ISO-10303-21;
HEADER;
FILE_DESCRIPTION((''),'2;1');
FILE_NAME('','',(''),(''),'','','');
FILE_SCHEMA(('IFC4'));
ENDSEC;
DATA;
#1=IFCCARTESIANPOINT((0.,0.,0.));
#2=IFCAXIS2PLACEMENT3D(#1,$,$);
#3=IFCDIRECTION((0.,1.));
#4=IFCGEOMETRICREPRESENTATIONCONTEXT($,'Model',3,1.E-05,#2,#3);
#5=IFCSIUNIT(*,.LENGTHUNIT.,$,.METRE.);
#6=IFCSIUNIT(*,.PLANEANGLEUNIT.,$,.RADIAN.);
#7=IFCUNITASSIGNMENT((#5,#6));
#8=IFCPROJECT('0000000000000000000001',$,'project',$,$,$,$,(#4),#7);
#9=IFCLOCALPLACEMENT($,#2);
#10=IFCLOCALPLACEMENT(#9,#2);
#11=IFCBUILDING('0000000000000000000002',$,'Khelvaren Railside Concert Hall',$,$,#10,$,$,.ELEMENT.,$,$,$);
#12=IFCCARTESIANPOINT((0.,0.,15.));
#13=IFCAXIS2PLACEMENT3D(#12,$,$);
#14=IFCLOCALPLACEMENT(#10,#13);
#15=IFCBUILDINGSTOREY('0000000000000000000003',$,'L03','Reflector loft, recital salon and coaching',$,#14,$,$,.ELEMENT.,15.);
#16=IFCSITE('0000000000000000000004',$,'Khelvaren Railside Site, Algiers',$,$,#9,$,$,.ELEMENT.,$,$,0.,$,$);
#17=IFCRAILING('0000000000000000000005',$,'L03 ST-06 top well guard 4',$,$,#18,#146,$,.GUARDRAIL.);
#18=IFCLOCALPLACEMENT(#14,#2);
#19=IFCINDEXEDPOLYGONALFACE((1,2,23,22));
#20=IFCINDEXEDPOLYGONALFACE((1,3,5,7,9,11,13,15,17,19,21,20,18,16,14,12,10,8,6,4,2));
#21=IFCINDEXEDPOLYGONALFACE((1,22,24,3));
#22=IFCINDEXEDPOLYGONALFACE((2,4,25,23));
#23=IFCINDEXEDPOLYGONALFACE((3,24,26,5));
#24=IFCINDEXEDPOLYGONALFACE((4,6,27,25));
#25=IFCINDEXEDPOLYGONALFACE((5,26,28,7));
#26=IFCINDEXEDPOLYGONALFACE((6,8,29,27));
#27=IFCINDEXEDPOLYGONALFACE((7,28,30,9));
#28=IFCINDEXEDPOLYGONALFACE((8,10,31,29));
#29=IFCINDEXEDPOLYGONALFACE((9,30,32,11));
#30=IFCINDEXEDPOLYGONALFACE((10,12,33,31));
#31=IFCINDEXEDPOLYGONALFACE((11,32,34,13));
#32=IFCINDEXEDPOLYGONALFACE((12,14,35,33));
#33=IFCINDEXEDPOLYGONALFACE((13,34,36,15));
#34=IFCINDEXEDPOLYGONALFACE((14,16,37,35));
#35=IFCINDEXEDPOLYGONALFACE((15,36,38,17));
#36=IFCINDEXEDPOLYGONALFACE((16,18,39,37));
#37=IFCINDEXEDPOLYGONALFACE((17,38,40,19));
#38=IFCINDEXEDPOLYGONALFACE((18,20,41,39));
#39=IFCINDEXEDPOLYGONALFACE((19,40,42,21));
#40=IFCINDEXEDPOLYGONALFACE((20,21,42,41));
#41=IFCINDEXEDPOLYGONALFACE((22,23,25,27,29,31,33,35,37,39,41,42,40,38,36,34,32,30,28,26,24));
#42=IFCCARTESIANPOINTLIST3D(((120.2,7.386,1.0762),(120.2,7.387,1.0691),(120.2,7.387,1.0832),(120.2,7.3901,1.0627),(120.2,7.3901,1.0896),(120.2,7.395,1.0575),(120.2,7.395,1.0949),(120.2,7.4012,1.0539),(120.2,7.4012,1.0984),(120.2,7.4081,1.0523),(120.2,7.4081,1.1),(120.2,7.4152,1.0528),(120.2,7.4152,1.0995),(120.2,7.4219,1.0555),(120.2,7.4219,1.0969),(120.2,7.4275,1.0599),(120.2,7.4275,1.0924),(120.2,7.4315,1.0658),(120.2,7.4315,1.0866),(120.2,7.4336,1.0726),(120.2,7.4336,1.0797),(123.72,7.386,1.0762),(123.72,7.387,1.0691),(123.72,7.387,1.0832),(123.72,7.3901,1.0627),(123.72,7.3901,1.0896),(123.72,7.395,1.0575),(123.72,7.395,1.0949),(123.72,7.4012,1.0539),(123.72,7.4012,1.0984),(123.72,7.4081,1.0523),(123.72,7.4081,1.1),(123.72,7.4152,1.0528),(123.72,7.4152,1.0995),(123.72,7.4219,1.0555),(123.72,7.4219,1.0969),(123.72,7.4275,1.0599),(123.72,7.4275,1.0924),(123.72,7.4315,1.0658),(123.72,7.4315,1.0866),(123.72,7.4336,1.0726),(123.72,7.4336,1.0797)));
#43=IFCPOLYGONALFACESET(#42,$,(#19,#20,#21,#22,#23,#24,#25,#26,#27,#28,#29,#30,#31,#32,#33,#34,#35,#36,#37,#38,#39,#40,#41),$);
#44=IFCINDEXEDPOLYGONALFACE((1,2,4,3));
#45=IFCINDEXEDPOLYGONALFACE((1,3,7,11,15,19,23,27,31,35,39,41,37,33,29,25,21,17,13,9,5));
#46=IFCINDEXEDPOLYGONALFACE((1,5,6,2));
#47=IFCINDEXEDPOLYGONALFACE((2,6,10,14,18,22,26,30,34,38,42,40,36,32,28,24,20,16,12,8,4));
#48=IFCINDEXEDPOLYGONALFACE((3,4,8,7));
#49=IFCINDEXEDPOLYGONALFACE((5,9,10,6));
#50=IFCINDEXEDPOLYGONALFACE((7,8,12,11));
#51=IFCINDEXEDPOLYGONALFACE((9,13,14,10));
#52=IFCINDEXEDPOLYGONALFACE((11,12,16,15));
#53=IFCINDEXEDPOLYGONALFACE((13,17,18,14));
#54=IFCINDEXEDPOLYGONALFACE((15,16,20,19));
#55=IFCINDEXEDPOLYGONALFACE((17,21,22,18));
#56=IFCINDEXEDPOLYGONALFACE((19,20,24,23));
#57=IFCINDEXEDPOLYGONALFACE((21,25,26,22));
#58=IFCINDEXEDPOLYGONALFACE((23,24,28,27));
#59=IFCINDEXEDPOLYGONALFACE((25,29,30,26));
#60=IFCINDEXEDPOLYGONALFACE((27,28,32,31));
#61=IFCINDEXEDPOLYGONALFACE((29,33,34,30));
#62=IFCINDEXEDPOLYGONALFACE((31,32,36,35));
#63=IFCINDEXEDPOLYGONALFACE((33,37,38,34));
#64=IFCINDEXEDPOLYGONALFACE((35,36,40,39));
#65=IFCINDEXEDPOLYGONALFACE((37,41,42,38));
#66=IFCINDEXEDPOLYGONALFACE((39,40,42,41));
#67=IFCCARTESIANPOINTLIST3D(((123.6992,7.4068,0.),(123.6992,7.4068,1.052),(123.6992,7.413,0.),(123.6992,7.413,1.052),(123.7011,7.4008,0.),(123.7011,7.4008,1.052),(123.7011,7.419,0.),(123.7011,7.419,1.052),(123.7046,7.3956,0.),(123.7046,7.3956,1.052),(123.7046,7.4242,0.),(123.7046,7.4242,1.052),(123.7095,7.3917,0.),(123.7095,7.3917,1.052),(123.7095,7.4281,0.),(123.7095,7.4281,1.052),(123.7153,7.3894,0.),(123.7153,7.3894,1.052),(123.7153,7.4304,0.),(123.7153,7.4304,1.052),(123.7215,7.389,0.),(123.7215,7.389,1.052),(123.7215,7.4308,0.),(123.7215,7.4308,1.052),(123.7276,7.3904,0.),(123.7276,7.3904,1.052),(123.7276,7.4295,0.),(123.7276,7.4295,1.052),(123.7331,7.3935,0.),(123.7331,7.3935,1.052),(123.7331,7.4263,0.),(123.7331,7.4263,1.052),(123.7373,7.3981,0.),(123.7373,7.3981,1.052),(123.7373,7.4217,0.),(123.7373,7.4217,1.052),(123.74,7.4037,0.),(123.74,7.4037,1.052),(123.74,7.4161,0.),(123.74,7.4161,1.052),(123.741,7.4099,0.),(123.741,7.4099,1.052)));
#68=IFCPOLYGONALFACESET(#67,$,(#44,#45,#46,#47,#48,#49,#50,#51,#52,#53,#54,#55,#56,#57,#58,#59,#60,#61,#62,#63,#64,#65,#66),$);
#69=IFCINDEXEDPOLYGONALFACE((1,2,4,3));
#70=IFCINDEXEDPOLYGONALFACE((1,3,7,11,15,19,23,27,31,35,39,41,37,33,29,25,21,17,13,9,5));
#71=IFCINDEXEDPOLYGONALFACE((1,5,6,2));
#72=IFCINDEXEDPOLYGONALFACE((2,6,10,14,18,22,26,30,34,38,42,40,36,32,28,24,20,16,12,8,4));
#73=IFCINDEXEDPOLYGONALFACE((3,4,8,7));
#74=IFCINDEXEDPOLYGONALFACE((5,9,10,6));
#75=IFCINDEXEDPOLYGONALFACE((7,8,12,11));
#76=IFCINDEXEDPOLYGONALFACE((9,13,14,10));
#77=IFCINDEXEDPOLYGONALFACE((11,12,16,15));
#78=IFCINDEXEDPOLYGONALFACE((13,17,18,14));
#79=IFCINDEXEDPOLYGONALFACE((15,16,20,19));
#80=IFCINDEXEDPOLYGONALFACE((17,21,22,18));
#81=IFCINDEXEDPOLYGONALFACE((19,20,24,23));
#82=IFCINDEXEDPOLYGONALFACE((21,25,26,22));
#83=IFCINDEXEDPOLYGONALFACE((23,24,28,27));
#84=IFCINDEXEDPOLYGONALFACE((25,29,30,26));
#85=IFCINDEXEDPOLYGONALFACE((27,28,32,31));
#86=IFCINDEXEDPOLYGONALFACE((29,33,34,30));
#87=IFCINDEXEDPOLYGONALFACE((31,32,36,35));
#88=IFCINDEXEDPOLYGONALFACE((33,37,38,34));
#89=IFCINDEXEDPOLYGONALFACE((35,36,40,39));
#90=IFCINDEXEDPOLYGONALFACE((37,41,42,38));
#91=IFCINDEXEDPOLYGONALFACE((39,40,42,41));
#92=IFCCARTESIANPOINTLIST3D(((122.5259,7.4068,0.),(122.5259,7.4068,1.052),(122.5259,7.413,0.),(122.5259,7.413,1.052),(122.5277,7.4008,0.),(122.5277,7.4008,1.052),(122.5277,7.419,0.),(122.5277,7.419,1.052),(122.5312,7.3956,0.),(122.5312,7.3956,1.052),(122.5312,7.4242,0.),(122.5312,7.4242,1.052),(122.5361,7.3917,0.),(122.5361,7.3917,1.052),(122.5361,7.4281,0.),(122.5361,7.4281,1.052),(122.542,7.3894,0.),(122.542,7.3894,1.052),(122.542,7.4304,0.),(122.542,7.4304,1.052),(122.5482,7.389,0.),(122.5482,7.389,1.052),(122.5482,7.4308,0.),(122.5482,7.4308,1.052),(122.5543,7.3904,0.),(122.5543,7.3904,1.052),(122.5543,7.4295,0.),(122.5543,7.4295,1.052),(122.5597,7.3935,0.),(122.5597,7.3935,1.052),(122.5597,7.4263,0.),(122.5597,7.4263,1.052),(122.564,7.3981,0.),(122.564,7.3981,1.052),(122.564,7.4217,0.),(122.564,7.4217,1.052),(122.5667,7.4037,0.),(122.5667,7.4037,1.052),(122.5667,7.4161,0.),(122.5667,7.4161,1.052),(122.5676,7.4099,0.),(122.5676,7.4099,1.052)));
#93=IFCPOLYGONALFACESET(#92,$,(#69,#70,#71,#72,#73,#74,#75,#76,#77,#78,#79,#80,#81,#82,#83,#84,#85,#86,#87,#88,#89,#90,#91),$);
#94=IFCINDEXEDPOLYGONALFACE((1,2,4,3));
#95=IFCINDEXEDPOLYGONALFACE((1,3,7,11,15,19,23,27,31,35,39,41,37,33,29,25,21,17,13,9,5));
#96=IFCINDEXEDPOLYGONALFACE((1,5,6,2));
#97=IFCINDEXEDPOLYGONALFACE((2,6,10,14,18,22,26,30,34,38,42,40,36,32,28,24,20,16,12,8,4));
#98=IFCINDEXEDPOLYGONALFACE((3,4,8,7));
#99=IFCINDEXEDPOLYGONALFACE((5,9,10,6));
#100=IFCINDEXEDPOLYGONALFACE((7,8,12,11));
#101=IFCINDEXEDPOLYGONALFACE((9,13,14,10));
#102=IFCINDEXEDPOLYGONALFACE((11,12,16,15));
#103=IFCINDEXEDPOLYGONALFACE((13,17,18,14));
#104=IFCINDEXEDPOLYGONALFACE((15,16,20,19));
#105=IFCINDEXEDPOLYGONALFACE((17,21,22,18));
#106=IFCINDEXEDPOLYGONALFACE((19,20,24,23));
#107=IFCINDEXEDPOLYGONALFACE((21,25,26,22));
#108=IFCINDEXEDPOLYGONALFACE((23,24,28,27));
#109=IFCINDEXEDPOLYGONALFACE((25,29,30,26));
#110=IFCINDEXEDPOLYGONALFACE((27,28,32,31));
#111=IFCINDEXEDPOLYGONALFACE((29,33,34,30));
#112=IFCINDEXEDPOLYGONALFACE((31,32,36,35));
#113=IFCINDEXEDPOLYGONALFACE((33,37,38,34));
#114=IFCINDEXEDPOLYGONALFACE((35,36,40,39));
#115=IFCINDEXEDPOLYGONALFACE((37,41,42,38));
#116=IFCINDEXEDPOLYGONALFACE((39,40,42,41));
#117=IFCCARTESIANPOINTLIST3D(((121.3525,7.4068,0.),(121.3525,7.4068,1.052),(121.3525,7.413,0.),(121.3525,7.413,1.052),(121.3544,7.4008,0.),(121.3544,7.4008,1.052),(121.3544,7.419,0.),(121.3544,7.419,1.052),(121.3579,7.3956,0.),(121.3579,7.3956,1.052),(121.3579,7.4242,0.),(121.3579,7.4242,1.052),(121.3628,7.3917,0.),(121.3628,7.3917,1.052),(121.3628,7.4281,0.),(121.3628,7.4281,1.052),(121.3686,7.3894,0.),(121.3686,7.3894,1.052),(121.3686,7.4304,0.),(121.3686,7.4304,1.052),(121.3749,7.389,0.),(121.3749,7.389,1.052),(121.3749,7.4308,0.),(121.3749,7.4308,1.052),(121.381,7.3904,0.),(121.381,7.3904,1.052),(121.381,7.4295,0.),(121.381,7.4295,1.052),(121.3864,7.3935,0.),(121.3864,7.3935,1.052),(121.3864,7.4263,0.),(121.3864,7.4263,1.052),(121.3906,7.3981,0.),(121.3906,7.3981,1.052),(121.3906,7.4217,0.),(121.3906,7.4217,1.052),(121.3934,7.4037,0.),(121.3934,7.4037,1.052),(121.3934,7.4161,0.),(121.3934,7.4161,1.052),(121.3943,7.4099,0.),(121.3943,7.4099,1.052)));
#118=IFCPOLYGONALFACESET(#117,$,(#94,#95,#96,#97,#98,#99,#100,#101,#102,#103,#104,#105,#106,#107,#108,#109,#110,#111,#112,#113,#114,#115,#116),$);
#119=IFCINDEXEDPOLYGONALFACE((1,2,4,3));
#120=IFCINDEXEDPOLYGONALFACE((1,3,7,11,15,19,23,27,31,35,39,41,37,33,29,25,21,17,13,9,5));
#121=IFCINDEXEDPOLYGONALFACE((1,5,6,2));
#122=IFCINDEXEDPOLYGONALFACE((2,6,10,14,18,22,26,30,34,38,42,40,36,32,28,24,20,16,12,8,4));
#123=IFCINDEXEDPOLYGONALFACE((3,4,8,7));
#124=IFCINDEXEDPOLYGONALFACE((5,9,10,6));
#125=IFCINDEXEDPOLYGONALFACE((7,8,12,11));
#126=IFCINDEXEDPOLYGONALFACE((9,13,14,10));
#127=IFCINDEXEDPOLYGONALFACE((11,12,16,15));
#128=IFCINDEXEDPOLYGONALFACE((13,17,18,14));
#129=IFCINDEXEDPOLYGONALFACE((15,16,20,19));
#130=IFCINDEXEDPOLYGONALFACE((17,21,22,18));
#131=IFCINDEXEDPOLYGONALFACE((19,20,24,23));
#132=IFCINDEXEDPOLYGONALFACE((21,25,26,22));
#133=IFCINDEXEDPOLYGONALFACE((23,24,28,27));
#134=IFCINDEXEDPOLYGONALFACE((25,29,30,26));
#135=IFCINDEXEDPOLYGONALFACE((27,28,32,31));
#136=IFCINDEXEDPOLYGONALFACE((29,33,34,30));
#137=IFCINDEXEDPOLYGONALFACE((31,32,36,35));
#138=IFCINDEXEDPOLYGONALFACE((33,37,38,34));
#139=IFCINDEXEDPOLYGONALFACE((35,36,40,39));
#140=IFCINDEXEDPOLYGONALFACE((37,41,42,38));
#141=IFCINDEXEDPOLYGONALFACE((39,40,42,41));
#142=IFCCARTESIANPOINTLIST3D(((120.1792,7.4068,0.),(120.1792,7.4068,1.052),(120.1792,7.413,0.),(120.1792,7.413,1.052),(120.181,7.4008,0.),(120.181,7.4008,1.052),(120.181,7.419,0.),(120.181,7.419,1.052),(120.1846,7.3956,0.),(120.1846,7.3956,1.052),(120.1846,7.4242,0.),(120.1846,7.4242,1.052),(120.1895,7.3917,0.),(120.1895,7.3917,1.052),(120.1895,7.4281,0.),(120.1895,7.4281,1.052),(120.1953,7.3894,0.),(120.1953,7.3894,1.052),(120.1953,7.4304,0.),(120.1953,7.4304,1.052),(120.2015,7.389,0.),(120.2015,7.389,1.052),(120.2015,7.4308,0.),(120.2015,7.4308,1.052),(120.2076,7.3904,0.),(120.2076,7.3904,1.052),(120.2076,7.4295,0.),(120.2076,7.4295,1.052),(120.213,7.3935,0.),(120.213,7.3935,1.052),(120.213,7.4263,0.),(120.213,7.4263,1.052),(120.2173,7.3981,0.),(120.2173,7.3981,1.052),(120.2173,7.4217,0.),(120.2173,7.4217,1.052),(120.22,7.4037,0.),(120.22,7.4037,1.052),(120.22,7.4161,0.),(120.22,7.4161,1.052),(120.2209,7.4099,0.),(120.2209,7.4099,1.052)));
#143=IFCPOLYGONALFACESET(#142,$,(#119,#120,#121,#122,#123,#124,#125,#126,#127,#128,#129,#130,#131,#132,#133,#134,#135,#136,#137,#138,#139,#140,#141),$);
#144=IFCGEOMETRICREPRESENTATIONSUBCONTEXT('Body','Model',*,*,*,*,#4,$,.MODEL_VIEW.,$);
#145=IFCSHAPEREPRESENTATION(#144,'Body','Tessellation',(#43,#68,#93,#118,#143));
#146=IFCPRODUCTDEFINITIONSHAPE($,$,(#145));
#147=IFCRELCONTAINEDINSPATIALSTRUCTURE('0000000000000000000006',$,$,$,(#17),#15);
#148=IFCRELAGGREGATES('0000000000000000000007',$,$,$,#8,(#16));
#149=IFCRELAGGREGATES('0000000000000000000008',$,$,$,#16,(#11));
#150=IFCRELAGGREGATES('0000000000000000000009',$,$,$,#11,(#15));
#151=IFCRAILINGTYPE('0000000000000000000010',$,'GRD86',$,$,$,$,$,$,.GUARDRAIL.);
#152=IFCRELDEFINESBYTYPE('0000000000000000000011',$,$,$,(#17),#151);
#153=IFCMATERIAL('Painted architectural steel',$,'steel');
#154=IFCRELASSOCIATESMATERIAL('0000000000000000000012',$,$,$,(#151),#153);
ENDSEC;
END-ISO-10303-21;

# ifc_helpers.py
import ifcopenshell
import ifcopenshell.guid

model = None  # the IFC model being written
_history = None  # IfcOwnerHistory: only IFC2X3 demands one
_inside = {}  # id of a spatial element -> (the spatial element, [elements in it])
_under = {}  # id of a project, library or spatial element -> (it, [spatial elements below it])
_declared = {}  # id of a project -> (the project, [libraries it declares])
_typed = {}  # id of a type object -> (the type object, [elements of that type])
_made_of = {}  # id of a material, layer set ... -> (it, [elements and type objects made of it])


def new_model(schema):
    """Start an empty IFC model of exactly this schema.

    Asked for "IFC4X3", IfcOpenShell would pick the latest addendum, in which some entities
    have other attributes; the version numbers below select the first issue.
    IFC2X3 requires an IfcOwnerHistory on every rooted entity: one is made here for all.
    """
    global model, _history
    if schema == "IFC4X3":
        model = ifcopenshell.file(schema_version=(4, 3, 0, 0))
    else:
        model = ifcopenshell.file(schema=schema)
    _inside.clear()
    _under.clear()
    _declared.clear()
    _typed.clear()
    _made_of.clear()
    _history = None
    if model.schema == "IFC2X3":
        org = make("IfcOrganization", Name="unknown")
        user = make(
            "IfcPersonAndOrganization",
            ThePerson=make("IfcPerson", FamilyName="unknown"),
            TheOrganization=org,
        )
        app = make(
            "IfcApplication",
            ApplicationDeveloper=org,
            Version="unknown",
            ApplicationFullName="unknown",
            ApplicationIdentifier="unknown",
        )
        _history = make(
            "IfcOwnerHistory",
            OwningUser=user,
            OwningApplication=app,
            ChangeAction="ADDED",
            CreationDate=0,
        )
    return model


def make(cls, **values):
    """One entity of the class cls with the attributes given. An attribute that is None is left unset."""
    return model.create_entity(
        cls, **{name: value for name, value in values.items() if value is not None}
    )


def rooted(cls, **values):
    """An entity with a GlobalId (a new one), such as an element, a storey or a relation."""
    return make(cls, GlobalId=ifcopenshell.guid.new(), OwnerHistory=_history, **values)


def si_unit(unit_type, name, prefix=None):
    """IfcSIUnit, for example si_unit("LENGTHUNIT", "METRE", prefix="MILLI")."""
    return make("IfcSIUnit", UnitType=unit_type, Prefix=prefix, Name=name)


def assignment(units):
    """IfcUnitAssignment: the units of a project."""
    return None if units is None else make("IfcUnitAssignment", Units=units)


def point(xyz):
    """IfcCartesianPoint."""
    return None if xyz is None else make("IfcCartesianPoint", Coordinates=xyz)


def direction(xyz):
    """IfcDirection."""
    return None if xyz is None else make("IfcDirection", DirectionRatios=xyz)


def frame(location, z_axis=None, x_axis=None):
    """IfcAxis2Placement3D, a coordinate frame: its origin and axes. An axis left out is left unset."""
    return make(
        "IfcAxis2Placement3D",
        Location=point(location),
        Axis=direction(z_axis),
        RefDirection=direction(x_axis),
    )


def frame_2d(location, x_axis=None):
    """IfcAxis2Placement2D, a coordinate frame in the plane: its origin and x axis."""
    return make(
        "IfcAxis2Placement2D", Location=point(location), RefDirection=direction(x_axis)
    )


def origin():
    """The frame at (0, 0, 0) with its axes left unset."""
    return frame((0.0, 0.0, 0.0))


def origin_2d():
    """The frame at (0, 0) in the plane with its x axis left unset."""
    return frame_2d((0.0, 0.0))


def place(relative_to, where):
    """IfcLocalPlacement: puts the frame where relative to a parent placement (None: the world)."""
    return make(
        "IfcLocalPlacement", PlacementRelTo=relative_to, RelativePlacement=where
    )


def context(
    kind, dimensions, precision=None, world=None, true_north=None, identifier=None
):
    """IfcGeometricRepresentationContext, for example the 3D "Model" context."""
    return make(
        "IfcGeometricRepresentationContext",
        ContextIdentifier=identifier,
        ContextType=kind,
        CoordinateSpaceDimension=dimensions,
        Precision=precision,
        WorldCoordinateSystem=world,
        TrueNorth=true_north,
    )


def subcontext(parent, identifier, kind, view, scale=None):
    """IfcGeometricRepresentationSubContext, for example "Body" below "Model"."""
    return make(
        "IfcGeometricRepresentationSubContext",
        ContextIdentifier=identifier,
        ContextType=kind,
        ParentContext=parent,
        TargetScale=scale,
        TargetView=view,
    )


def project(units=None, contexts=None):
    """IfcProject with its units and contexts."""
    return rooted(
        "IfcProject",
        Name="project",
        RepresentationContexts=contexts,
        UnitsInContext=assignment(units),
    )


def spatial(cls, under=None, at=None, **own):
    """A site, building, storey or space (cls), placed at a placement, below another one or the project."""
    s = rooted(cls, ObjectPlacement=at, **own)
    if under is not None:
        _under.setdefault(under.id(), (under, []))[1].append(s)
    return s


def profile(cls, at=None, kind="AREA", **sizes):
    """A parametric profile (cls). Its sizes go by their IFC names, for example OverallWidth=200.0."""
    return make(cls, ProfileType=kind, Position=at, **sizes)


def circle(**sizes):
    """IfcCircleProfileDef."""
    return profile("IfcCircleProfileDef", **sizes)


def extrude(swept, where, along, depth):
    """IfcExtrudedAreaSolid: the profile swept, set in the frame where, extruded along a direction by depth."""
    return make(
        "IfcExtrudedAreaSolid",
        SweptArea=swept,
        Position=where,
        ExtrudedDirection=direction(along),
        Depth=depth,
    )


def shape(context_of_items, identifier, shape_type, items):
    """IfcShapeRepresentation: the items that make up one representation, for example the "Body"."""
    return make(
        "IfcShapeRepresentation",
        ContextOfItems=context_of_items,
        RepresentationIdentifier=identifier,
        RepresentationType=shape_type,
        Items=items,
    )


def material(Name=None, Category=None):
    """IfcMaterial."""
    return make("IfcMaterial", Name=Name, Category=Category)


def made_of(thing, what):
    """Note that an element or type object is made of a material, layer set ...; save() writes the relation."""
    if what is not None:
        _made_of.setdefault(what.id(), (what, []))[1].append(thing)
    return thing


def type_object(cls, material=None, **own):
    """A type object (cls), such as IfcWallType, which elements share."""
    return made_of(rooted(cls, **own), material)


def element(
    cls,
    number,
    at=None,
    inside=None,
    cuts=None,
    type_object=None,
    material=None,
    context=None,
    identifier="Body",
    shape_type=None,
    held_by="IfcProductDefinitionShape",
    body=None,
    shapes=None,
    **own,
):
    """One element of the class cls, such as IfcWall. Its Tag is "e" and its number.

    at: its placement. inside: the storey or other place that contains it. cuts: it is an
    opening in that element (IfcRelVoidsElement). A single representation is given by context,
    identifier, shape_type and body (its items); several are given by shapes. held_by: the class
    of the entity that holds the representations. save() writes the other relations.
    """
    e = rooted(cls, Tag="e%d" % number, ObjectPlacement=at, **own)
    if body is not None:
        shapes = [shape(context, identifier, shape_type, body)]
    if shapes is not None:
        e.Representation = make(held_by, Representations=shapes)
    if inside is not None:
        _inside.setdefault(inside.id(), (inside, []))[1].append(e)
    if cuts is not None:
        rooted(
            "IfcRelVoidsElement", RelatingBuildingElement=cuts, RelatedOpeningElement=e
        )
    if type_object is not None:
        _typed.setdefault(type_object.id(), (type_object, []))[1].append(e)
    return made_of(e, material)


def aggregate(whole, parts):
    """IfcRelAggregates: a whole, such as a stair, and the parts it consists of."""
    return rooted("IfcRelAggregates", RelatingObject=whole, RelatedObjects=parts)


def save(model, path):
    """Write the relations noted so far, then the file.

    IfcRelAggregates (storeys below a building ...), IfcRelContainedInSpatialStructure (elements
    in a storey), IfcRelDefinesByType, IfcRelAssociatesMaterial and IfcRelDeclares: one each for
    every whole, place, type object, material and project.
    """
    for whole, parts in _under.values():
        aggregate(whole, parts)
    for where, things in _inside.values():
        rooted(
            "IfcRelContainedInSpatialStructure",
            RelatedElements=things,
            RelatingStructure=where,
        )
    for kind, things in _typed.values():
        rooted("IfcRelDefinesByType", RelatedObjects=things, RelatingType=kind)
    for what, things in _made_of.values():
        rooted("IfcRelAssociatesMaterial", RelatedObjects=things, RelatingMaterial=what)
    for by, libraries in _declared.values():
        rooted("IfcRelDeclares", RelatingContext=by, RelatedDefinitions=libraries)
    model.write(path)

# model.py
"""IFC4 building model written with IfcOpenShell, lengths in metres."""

from ifc_helpers import new_model, si_unit, direction, frame, origin, origin_2d, place, context, subcontext, project, spatial, circle, extrude, material, type_object, element, save


model = new_model("IFC4")

# Units and contexts
model_context = context("Model", 3, precision=1e-05, world=origin(), true_north=direction((0.0, 1.0)))
body_context = subcontext(model_context, "Body", "Model", "MODEL_VIEW")
ifc_project = project(units=[si_unit("LENGTHUNIT", "METRE"), si_unit("PLANEANGLEUNIT", "RADIAN")], contexts=[model_context])

# Site, building, storey
site_placement = place(None, origin())
site = spatial("IfcSite", under=ifc_project, at=site_placement, Name="Khelvaren Railside Site, Algiers", CompositionType="ELEMENT", RefElevation=0.0)
building_placement = place(site_placement, origin())
building = spatial("IfcBuilding", under=site, at=building_placement, Name="Khelvaren Railside Concert Hall", CompositionType="ELEMENT")
storey_placement = place(building_placement, frame((0.0, 0.0, 15.0)))
storey = spatial("IfcBuildingStorey", under=building, at=storey_placement, Name="L03", Description="Reflector loft, recital salon and coaching", CompositionType="ELEMENT", Elevation=15.0)

# Railing
ifc_material_1 = material(Name="Painted architectural steel", Category="steel")
railing_type = type_object("IfcRailingType", Name="GRD86", PredefinedType="GUARDRAIL", material=ifc_material_1)
railing_1_placement = place(storey_placement, frame((123.72, 7.4099, 0.0)))
element("IfcRailing", 1, at=railing_1_placement, inside=storey, type_object=railing_type, Name="L03 ST-06 top well guard 4", PredefinedType="GUARDRAIL", context=body_context, shape_type="SweptSolid", body=[
    extrude(circle(Radius=0.0239, at=origin_2d()), frame((0.0, 0.0, 1.0762), z_axis=(-1.0, 0.0, 0.0), x_axis=(0.0, -1.0, 0.0)), (0.0, 0.0, 1.0), 3.52),
    extrude(circle(Radius=0.021, at=origin_2d()), origin(), (0.0, 0.0, 1.0), 1.052),
    extrude(circle(Radius=0.021, at=origin_2d()), frame((-1.1733, 0.0, 0.0)), (0.0, 0.0, 1.0), 1.052),
    extrude(circle(Radius=0.021, at=origin_2d()), frame((-2.3467, 0.0, 0.0)), (0.0, 0.0, 1.0), 1.052),
    extrude(circle(Radius=0.021, at=origin_2d()), frame((-3.52, 0.0, 0.0)), (0.0, 0.0, 1.0), 1.052),
])

save(model, "model.ifc")
